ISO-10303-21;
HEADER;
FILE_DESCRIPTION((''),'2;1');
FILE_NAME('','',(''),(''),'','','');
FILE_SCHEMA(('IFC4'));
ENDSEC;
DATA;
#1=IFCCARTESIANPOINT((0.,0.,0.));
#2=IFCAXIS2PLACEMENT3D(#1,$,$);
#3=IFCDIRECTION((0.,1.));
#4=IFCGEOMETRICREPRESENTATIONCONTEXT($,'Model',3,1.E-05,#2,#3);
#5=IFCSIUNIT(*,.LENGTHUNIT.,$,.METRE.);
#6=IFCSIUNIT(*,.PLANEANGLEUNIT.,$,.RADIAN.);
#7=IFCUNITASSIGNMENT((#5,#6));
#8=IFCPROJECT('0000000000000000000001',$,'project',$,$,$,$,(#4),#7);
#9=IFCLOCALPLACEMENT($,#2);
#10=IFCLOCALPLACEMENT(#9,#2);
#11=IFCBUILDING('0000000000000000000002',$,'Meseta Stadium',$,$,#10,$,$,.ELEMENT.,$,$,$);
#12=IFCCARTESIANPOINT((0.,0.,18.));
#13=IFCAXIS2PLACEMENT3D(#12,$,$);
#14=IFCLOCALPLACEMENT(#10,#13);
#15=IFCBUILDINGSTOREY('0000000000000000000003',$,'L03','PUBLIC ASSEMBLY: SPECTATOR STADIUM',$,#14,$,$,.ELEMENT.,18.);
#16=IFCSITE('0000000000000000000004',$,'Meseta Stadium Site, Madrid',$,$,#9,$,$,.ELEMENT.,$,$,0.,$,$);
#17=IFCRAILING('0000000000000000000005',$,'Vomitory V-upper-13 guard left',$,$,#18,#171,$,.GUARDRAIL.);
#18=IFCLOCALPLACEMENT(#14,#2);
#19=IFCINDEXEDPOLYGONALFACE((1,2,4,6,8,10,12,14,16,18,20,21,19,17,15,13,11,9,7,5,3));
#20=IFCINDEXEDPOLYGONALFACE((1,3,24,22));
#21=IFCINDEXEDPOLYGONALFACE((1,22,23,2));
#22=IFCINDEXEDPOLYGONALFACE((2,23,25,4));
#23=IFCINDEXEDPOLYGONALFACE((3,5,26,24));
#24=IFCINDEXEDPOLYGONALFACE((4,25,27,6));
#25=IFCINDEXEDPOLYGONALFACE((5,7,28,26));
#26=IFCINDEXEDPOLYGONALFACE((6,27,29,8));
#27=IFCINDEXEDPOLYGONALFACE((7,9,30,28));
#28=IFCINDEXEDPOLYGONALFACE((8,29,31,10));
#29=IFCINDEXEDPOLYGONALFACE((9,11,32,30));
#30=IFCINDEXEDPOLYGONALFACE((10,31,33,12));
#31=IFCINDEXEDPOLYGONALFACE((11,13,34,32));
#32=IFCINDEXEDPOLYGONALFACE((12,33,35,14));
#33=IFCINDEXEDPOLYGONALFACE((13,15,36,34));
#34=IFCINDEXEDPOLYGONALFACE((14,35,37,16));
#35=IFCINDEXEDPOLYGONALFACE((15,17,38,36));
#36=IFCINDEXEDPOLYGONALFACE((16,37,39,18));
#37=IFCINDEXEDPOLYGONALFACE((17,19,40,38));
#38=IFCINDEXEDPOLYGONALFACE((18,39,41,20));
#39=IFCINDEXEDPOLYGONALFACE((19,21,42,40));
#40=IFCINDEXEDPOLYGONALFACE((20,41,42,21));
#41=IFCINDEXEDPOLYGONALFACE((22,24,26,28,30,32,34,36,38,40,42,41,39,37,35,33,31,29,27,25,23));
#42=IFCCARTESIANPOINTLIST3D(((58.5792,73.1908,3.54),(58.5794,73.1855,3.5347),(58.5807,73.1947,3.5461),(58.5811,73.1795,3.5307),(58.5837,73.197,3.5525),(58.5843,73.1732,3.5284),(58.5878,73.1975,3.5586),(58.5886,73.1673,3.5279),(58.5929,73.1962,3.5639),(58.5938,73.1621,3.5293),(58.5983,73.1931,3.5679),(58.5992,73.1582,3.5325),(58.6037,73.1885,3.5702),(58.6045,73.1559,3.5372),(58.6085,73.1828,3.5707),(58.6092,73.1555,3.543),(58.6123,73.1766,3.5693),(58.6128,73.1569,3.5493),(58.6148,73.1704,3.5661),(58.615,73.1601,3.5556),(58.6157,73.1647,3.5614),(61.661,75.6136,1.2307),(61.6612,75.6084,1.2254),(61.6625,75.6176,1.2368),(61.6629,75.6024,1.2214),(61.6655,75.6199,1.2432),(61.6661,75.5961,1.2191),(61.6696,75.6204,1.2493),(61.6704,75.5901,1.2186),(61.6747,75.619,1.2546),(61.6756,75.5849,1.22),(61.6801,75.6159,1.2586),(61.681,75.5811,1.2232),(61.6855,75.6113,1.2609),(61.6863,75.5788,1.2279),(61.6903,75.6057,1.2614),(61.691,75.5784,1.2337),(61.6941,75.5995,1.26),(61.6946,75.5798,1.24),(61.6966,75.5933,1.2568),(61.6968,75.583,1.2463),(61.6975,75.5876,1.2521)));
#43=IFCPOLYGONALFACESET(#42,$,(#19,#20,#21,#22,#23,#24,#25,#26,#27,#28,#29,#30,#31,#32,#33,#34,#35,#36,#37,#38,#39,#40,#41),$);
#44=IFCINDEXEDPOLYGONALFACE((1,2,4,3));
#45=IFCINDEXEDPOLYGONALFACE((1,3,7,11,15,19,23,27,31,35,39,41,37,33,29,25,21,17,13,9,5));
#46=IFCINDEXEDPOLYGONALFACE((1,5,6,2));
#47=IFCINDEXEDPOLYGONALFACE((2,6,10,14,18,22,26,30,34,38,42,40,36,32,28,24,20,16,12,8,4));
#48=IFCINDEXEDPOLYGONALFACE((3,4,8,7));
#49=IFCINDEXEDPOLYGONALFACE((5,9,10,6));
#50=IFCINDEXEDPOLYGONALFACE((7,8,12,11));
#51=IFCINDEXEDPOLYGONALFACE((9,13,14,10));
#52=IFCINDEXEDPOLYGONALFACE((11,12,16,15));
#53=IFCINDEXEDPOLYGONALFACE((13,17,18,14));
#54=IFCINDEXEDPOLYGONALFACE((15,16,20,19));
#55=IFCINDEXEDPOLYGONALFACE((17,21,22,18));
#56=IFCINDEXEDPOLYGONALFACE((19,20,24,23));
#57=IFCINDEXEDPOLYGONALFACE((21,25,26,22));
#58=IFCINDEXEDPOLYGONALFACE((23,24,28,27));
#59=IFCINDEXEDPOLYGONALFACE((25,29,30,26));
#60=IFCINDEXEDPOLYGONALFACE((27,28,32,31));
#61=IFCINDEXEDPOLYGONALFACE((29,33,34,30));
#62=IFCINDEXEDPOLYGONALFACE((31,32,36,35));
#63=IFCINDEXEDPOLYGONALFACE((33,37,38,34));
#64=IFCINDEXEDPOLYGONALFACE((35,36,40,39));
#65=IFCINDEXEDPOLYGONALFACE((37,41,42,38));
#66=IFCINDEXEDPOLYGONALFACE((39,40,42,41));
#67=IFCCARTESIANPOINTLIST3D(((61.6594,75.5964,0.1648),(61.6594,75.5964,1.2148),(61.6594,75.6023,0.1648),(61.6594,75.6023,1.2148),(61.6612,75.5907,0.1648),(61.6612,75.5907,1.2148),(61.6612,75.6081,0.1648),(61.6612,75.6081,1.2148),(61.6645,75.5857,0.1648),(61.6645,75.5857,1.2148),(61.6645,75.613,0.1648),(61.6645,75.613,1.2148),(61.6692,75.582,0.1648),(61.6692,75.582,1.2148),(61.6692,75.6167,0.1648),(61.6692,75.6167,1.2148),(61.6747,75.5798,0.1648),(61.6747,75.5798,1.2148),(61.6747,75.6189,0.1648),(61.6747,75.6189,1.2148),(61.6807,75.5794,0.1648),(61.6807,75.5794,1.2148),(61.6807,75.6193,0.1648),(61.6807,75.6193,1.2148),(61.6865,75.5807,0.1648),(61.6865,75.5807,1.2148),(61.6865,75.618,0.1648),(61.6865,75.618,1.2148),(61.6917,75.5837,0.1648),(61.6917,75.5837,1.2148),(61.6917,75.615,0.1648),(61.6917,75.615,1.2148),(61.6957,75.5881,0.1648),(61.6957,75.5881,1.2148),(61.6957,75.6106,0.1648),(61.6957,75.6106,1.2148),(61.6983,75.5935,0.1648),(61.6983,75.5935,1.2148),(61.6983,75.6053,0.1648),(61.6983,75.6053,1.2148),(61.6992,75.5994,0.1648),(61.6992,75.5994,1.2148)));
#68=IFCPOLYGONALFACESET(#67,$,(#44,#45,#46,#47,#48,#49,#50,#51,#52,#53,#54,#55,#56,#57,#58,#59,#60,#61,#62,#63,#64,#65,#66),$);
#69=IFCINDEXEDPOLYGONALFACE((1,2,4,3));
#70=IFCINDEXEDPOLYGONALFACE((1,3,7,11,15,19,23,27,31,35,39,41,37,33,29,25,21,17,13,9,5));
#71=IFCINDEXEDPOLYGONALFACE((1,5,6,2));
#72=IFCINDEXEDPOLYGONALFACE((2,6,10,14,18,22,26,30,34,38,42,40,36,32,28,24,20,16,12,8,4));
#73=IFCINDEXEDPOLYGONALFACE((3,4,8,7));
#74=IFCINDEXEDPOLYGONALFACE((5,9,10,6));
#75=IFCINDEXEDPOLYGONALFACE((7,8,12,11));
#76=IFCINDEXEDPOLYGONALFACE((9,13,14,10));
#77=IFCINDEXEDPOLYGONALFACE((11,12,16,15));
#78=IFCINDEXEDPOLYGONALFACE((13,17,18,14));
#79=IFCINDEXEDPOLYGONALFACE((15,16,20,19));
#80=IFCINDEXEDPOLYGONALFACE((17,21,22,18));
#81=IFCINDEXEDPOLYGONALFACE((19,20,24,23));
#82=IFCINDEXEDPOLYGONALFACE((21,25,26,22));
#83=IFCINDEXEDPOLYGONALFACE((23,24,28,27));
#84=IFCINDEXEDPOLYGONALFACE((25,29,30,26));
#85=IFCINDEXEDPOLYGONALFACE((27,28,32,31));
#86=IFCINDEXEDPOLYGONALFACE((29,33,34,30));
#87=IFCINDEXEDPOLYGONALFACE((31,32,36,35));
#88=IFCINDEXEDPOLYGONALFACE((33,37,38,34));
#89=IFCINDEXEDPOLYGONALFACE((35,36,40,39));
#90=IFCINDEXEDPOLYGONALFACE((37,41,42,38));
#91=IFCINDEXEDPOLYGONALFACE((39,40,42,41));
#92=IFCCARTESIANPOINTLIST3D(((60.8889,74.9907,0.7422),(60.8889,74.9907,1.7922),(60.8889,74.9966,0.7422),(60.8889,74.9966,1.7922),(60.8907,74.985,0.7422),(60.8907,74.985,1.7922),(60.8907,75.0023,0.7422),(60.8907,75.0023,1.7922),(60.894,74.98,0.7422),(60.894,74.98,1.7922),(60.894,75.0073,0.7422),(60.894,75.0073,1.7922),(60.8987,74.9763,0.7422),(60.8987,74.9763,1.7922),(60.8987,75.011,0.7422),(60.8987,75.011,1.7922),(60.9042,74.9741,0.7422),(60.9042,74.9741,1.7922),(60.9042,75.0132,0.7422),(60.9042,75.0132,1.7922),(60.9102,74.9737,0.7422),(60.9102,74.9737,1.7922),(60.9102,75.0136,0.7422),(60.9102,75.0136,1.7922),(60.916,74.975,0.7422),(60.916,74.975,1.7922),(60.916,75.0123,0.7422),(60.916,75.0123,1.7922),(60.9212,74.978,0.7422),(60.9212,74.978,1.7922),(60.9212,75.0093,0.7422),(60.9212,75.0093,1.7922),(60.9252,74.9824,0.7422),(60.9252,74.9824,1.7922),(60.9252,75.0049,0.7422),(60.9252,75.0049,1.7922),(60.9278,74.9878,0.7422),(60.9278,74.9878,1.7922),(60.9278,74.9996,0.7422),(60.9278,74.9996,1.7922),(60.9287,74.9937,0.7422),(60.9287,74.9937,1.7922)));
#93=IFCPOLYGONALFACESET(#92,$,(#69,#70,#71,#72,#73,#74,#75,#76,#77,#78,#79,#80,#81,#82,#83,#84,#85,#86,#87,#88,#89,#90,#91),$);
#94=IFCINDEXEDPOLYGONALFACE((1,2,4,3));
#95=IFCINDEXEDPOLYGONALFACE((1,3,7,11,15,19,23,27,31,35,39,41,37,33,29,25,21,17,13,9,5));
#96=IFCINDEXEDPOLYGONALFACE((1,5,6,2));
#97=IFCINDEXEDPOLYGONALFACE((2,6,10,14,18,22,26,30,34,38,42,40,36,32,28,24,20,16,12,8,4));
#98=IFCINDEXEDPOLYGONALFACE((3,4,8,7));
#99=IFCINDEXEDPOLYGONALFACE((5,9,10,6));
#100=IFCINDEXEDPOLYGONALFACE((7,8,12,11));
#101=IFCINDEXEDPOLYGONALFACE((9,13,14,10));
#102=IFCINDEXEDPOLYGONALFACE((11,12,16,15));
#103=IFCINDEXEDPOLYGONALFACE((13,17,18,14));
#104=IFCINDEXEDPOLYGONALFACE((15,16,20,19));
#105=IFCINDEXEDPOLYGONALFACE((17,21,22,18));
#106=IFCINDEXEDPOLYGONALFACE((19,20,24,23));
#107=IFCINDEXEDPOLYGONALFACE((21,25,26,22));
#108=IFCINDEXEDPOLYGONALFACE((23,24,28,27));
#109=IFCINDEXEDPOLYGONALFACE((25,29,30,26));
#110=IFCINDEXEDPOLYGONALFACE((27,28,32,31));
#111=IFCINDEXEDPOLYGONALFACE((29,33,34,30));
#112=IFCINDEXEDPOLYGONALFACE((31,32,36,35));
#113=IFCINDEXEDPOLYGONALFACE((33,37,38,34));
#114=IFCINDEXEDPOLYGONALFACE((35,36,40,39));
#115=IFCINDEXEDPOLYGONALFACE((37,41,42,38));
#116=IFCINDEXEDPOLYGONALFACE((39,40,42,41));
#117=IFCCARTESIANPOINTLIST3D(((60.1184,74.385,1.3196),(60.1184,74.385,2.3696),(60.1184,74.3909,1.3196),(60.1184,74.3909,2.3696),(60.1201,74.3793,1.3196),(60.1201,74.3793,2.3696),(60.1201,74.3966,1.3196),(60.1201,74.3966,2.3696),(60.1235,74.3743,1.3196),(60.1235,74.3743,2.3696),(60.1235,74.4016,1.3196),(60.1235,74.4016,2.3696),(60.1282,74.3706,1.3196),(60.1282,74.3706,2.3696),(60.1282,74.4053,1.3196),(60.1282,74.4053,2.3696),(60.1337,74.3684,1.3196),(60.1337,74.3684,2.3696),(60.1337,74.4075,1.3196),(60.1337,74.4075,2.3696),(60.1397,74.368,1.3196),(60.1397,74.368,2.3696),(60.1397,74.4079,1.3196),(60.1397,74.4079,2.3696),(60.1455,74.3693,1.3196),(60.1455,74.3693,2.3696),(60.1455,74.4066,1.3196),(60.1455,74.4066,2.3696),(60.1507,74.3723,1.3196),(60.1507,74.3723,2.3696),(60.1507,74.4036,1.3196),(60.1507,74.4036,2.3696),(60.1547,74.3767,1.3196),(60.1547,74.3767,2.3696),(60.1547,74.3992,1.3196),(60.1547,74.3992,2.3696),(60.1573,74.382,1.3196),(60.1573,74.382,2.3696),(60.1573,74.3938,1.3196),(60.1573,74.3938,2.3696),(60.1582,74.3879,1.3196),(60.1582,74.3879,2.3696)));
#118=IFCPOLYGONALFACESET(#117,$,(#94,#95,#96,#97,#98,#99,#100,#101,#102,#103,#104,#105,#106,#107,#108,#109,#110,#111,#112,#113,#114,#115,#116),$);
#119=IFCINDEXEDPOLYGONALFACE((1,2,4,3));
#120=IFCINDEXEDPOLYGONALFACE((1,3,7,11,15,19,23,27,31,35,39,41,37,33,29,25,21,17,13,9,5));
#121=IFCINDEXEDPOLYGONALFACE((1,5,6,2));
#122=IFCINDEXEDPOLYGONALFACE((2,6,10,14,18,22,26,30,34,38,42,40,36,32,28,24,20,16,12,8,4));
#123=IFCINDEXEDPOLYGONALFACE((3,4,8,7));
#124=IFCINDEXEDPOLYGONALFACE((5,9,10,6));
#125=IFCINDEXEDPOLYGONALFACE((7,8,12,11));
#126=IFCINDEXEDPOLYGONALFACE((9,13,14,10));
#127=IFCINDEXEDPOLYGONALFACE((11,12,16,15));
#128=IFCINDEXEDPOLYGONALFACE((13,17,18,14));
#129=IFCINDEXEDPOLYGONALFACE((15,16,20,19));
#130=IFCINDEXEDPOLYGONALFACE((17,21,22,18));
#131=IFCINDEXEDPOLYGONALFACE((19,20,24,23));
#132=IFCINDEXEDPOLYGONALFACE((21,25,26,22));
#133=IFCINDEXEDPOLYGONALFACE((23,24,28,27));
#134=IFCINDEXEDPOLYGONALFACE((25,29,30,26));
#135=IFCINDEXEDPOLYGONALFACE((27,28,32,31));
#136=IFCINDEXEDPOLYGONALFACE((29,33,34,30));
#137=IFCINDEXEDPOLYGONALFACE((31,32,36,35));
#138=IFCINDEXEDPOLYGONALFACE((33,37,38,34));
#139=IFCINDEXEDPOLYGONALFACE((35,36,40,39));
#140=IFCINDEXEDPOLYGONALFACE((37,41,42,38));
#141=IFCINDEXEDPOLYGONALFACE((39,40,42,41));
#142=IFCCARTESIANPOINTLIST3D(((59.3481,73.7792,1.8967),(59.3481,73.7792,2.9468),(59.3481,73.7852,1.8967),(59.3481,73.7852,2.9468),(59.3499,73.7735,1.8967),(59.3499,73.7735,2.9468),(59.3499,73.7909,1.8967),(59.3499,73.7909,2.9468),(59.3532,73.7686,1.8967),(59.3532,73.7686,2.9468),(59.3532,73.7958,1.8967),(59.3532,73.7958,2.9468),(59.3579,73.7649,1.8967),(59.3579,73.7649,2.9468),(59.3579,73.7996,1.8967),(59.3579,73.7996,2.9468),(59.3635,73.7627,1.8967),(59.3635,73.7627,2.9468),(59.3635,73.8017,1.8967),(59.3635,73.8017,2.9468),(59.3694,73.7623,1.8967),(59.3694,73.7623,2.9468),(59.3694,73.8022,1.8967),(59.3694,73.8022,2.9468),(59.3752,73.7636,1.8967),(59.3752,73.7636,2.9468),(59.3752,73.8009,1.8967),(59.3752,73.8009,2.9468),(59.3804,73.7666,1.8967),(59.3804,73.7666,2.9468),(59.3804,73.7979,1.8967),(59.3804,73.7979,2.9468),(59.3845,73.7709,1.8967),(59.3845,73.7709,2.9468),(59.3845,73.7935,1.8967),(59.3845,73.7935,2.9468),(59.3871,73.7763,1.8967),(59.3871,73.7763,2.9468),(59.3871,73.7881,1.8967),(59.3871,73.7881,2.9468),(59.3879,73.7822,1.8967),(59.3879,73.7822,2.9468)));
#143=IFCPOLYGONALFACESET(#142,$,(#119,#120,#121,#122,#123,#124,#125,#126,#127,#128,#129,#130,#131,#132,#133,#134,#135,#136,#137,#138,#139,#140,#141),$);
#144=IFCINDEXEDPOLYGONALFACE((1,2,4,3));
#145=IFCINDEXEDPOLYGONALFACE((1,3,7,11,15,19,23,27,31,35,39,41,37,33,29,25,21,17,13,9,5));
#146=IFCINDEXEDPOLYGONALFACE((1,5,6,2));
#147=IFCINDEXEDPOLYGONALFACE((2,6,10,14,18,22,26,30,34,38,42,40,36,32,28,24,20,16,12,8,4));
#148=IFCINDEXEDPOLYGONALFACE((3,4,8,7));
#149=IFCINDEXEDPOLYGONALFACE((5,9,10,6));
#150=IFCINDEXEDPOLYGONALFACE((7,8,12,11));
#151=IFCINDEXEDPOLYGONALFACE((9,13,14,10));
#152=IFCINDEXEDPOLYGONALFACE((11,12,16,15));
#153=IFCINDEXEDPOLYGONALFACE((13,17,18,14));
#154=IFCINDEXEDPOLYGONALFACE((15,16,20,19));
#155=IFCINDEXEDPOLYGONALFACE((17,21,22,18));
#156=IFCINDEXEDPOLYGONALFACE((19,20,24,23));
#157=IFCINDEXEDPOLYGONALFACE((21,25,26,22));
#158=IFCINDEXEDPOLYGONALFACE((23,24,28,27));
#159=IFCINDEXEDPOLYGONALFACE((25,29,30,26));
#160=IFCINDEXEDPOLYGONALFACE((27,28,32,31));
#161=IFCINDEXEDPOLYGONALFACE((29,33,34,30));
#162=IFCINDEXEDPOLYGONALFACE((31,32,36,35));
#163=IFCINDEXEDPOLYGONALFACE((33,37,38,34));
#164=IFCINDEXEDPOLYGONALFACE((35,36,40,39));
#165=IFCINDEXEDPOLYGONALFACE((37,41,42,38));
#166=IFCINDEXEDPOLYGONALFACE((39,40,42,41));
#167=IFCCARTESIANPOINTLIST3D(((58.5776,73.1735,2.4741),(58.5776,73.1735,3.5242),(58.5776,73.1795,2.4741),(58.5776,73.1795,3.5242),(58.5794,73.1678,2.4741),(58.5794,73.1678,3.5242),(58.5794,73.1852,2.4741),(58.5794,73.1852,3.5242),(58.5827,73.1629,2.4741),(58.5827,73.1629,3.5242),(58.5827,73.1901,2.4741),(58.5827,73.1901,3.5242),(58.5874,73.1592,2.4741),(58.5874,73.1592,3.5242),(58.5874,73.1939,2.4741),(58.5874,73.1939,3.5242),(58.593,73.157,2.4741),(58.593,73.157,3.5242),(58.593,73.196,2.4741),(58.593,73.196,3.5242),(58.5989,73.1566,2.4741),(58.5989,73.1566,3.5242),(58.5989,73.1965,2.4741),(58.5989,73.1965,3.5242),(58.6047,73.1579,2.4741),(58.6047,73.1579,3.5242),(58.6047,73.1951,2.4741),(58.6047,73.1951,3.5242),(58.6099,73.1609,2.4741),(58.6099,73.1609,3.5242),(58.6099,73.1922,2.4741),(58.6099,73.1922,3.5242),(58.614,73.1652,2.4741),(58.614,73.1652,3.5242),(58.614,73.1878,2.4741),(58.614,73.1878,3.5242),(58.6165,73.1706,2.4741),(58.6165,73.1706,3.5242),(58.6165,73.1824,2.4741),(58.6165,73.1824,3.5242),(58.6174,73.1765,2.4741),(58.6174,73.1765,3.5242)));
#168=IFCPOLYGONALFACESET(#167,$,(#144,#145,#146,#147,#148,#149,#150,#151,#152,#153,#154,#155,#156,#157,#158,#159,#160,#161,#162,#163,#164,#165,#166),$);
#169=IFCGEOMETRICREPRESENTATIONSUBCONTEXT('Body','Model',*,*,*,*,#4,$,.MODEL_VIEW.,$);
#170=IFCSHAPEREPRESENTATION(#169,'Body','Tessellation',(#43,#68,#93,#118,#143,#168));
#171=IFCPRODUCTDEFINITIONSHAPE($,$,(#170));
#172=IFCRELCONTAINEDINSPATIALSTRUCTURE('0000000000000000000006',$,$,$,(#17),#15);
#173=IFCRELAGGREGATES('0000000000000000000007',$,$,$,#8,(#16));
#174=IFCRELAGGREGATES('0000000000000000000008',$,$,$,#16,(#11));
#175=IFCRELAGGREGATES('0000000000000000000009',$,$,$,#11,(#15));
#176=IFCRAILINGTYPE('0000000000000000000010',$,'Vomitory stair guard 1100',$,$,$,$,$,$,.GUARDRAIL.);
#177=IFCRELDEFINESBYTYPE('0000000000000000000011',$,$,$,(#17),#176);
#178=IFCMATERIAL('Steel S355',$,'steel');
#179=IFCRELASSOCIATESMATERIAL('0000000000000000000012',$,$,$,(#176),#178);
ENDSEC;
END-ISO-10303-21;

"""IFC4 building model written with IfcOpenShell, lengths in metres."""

from ifc_helpers import new_model, si_unit, direction, frame, origin, origin_2d, place, context, subcontext, project, spatial, circle, extrude, material, type_object, element, save


model = new_model("IFC4")

# Units and contexts
model_context = context("Model", 3, precision=1e-05, world=origin(), true_north=direction((0.0, 1.0)))
body_context = subcontext(model_context, "Body", "Model", "MODEL_VIEW")
ifc_project = project(units=[si_unit("LENGTHUNIT", "METRE"), si_unit("PLANEANGLEUNIT", "RADIAN")], contexts=[model_context])

# Site, building, storey
site_placement = place(None, origin())
site = spatial("IfcSite", under=ifc_project, at=site_placement, Name="Meseta Stadium Site, Madrid", CompositionType="ELEMENT", RefElevation=0.0)
building_placement = place(site_placement, origin())
building = spatial("IfcBuilding", under=site, at=building_placement, Name="Meseta Stadium", CompositionType="ELEMENT")
storey_placement = place(building_placement, frame((0.0, 0.0, 18.0)))
storey = spatial("IfcBuildingStorey", under=building, at=storey_placement, Name="L03", Description="PUBLIC ASSEMBLY: SPECTATOR STADIUM", CompositionType="ELEMENT", Elevation=18.0)

# Railing
ifc_material_1 = material(Name="Steel S355", Category="steel")
railing_type_1 = type_object("IfcRailingType", Name="Vomitory stair guard 1100", PredefinedType="GUARDRAIL", material=ifc_material_1)
railing_1_placement = place(storey_placement, frame((61.6792, 75.5994, 0.1648)))
element("IfcRailing", 1, at=railing_1_placement, inside=storey, type_object=railing_type_1, Name="Vomitory V-upper-13 guard left", PredefinedType="GUARDRAIL", context=body_context, shape_type="SweptSolid", body=[
    extrude(circle(Radius=0.0249, at=origin_2d()), frame((0.0, 0.0, 1.0752), z_axis=(-0.677347, -0.532519, 0.507567), x_axis=(0.61805, -0.786139, 0.0)), (0.0, 0.0, 1.0), 4.5498),
    extrude(circle(Radius=0.02, at=origin_2d()), origin(), (0.0, 0.0, 1.0), 1.05),
    extrude(circle(Radius=0.02, at=origin_2d()), frame((-0.7705, -0.6057, 0.5774)), (0.0, 0.0, 1.0), 1.05),
    extrude(circle(Radius=0.02, at=origin_2d()), frame((-1.541, -1.2114, 1.1548)), (0.0, 0.0, 1.0), 1.05),
    extrude(circle(Radius=0.02, at=origin_2d()), frame((-2.3113, -1.8171, 1.7319)), (0.0, 0.0, 1.0), 1.05),
    extrude(circle(Radius=0.02, at=origin_2d()), frame((-3.0818, -2.4229, 2.3093)), (0.0, 0.0, 1.0), 1.05),
])

save(model, "model.ifc")
